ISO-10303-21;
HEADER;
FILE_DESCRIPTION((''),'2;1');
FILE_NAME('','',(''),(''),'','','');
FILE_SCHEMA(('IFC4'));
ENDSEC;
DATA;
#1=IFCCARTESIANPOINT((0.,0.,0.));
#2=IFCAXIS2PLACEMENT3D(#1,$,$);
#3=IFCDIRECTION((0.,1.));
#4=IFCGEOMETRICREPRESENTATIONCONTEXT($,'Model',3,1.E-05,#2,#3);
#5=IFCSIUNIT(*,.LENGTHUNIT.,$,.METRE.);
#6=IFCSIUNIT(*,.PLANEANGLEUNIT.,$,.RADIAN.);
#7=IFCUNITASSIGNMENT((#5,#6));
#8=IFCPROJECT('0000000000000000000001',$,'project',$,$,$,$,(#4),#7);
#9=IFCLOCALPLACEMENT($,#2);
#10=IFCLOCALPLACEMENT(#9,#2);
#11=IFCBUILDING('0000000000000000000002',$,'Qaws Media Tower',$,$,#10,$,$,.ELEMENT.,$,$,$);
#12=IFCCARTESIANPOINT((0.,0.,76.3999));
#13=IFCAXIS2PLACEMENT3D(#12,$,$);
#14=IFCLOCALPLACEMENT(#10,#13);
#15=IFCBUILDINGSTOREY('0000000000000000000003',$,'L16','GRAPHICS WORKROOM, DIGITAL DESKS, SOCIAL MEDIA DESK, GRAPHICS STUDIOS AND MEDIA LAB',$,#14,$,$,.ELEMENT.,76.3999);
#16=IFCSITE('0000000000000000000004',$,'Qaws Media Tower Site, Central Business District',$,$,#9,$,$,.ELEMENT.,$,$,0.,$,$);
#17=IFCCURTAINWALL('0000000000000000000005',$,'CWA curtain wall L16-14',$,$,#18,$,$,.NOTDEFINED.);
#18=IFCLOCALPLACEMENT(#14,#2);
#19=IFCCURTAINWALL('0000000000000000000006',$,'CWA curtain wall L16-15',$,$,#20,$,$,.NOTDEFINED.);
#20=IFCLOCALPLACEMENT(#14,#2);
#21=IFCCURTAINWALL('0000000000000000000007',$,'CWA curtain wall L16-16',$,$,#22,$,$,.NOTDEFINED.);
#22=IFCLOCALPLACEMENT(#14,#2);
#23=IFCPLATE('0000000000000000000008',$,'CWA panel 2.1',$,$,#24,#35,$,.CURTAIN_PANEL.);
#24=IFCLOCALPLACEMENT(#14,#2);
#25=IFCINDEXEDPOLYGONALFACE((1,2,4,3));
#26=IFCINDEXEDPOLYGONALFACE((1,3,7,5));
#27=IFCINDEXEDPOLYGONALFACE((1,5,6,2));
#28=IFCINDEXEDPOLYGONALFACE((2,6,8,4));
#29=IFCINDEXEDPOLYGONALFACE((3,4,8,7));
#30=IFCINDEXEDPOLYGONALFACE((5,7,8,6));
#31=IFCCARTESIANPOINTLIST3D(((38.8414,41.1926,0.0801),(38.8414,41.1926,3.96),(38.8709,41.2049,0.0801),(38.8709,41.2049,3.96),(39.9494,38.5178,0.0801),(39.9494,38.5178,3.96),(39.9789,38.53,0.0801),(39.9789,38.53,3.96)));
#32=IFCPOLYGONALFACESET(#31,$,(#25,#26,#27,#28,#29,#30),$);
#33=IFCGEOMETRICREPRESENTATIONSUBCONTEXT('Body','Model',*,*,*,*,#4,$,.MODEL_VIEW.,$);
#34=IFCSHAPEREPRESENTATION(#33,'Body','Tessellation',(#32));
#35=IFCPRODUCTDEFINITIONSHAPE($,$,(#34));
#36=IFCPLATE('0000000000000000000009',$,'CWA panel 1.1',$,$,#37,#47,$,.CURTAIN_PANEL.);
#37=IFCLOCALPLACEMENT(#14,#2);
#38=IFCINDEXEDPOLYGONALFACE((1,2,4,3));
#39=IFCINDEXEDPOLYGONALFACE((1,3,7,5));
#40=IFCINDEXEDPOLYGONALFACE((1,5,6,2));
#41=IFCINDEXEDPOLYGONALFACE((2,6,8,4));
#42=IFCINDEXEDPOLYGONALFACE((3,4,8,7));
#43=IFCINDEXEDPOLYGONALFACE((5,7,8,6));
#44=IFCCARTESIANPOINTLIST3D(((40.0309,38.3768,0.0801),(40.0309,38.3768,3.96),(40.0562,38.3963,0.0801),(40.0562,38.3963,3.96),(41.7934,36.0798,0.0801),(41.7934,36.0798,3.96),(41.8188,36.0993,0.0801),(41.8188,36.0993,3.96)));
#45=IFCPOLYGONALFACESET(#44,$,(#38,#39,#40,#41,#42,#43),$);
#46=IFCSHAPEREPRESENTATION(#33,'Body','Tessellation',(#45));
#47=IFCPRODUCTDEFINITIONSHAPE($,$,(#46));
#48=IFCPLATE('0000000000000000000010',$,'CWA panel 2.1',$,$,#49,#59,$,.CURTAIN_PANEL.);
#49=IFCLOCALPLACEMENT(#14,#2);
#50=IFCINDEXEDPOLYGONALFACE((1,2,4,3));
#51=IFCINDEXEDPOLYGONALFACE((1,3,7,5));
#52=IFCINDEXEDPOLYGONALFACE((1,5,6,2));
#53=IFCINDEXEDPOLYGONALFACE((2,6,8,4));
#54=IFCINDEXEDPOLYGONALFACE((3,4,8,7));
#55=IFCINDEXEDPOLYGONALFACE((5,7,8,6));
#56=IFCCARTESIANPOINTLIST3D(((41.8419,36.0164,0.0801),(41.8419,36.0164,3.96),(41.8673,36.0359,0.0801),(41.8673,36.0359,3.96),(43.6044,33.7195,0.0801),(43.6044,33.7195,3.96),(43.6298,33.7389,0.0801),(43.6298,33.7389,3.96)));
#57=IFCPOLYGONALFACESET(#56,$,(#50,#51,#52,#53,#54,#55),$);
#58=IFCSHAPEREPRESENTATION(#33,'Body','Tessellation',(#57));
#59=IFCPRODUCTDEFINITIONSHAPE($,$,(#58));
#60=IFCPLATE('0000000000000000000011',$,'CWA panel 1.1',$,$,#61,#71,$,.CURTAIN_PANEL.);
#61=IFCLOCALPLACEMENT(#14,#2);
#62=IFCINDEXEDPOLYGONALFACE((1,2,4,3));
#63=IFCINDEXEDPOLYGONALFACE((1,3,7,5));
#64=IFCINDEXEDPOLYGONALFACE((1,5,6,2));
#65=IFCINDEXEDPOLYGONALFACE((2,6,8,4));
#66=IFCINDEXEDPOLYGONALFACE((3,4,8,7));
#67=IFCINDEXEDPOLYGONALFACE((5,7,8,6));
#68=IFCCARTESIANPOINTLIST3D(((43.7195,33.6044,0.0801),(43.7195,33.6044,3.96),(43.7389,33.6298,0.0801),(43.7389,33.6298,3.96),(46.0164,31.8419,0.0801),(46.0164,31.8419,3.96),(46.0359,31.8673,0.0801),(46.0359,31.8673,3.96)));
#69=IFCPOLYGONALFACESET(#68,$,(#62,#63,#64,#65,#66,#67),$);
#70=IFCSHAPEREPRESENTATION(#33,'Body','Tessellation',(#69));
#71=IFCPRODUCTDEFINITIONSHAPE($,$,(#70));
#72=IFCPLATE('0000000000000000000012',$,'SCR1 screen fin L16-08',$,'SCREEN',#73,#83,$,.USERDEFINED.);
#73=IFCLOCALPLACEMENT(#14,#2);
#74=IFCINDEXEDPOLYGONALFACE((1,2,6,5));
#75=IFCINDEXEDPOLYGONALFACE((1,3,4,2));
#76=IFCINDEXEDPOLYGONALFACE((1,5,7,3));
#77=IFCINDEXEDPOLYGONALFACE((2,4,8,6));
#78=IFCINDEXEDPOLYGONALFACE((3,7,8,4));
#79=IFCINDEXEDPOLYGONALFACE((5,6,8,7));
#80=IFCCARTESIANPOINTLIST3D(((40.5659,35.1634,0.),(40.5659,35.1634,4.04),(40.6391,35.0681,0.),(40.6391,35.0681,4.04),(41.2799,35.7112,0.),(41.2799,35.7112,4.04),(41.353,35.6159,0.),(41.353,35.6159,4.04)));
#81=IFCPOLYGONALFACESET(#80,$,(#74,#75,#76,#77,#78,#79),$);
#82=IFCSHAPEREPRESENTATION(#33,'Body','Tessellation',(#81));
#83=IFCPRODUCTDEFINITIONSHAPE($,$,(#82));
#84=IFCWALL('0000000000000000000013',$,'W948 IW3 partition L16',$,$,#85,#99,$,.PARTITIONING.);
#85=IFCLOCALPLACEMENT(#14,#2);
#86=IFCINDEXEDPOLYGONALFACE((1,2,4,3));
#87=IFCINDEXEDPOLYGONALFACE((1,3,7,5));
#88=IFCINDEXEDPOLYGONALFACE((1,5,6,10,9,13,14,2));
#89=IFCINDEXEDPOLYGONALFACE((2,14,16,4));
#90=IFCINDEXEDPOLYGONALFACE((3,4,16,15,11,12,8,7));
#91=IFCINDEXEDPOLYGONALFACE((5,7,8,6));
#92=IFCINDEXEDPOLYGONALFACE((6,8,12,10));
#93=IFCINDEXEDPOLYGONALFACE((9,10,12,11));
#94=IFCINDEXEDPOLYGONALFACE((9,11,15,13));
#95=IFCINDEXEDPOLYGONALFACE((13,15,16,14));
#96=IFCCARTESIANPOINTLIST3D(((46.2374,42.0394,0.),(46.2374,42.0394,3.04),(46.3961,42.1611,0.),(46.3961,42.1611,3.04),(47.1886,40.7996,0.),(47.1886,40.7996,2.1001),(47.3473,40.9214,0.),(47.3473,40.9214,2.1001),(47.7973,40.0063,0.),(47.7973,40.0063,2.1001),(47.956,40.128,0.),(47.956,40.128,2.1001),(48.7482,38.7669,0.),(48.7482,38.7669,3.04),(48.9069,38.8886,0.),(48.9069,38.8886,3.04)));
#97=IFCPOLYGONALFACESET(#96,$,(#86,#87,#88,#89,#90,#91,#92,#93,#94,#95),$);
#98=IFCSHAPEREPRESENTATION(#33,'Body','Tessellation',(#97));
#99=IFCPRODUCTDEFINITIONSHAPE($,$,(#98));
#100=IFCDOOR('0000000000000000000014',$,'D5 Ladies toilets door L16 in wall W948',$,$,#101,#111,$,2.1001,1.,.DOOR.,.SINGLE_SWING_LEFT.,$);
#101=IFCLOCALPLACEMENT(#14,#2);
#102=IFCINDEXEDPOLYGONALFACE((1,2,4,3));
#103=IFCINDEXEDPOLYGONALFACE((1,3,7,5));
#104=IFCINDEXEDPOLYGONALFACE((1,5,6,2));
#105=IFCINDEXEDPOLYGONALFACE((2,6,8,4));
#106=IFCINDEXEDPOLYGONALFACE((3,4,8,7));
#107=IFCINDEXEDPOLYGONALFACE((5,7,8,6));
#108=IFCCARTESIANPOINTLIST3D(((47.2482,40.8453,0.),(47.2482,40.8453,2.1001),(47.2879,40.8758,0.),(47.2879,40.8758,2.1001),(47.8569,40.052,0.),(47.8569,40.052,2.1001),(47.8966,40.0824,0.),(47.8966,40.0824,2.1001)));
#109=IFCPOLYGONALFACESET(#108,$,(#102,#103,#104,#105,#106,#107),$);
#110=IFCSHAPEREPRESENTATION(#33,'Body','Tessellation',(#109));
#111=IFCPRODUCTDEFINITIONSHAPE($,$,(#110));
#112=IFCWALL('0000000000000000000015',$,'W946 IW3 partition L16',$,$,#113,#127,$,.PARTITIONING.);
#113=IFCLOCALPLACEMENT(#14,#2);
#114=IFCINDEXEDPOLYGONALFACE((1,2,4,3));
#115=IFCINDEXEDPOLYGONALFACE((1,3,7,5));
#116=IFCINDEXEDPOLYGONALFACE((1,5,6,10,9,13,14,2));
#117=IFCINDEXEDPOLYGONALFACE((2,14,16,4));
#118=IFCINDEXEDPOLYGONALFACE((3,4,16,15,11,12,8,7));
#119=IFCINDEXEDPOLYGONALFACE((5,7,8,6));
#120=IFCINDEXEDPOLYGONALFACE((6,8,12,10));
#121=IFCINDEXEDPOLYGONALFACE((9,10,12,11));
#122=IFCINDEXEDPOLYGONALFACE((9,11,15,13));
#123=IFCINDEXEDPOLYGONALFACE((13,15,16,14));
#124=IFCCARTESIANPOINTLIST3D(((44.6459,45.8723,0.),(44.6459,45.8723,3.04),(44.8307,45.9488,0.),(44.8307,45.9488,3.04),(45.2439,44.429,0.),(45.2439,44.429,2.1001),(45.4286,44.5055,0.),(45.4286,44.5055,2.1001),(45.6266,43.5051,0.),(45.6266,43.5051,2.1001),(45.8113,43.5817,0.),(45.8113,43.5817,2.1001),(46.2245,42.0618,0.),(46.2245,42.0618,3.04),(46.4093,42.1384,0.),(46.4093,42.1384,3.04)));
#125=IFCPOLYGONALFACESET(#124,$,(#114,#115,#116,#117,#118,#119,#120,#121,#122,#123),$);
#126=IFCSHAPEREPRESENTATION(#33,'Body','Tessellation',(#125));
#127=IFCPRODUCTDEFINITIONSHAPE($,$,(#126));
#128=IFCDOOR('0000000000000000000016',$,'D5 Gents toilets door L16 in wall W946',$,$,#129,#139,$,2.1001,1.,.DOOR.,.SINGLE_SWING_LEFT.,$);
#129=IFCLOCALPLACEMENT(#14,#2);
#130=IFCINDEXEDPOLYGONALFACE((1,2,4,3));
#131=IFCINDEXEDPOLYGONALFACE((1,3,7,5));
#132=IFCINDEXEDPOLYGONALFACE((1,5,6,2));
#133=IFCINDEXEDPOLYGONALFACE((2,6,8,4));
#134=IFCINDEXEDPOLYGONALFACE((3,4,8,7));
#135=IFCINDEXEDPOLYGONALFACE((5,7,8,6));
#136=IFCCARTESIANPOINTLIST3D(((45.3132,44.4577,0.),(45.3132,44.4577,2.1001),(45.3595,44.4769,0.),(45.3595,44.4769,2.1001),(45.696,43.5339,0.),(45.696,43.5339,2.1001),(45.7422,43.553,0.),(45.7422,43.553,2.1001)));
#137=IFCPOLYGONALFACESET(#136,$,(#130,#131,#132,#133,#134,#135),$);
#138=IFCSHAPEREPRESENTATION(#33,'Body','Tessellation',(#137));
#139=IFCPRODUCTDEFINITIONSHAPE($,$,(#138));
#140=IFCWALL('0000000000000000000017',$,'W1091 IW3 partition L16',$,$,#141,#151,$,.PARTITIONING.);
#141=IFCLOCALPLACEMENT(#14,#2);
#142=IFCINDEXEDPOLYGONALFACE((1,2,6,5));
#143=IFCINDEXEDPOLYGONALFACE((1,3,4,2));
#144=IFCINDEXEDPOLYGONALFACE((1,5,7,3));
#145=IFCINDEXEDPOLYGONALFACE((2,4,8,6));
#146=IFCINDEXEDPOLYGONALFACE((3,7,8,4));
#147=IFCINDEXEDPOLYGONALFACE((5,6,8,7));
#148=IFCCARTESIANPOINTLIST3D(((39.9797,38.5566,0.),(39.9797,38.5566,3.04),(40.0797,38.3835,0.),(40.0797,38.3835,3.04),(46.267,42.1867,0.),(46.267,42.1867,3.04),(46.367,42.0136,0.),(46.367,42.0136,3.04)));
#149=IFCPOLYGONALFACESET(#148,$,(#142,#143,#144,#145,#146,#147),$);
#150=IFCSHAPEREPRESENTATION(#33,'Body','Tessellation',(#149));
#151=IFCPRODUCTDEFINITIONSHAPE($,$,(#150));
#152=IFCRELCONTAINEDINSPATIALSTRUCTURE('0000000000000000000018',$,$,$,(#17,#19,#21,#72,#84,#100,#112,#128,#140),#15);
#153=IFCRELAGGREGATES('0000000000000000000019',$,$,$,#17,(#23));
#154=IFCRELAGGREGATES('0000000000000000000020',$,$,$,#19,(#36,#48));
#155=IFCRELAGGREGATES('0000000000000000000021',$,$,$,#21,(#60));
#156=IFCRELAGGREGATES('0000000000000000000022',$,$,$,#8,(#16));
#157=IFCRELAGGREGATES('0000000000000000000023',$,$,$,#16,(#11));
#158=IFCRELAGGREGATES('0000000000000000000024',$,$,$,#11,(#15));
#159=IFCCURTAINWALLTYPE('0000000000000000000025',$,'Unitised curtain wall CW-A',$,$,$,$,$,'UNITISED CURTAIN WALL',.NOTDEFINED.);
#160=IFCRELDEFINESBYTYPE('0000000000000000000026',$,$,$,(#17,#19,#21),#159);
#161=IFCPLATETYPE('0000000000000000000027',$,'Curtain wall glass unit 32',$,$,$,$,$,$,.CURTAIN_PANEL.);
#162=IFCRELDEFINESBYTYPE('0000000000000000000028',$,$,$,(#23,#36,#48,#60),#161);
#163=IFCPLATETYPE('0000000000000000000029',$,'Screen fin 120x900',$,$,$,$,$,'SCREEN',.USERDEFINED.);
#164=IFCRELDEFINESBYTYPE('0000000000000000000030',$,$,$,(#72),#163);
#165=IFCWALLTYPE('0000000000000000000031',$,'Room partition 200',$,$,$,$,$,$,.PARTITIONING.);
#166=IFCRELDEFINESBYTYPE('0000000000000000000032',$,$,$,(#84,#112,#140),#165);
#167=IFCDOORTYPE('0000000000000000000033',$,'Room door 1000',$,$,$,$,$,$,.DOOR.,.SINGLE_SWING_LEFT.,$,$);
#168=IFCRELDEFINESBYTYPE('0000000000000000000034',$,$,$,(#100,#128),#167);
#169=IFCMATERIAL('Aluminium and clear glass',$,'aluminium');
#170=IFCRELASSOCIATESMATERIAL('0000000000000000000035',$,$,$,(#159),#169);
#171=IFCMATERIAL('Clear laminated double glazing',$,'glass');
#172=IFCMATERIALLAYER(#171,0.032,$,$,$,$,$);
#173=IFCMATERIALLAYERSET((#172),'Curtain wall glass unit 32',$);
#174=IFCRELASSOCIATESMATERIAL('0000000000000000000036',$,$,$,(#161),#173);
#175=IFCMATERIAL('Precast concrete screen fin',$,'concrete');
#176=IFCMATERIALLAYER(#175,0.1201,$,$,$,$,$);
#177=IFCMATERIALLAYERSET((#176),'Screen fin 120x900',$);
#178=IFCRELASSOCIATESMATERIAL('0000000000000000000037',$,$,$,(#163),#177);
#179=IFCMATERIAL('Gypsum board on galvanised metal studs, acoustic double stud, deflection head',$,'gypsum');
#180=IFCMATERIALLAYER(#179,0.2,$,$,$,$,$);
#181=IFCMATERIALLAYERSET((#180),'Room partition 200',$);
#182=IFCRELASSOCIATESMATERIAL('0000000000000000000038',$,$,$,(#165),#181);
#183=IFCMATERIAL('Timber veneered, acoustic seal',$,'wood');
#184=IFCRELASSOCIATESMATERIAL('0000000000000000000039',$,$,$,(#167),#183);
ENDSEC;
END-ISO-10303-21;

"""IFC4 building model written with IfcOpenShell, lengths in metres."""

from ifc_helpers import new_model, si_unit, direction, frame, frame_2d, origin, origin_2d, place, context, subcontext, project, spatial, rectangle, extrude, material, layer, layer_set, type_object, element, fill, aggregate, save


model = new_model("IFC4")

# Units and contexts
model_context = context("Model", 3, precision=1e-05, world=origin(), true_north=direction((0.0, 1.0)))
body_context = subcontext(model_context, "Body", "Model", "MODEL_VIEW")
ifc_project = project(units=[si_unit("LENGTHUNIT", "METRE"), si_unit("PLANEANGLEUNIT", "RADIAN")], contexts=[model_context])

# Site, building, storey
site_placement = place(None, origin())
site = spatial("IfcSite", under=ifc_project, at=site_placement, Name="Qaws Media Tower Site, Central Business District", CompositionType="ELEMENT", RefElevation=0.0)
building_placement = place(site_placement, origin())
building = spatial("IfcBuilding", under=site, at=building_placement, Name="Qaws Media Tower", CompositionType="ELEMENT")
storey_placement = place(building_placement, frame((0.0, 0.0, 76.3999)))
storey = spatial("IfcBuildingStorey", under=building, at=storey_placement, Name="L16", Description="GRAPHICS WORKROOM, DIGITAL DESKS, SOCIAL MEDIA DESK, GRAPHICS STUDIOS AND MEDIA LAB", CompositionType="ELEMENT", Elevation=76.3999)

# Curtain walls
ifc_material_1 = material(Name="Aluminium and clear glass", Category="aluminium")
curtain_wall_type = type_object("IfcCurtainWallType", Name="Unitised curtain wall CW-A", ElementType="UNITISED CURTAIN WALL", PredefinedType="NOTDEFINED", material=ifc_material_1)
curtain_wall_1_placement = place(storey_placement, origin())
curtain_wall_1 = element("IfcCurtainWall", 1, at=curtain_wall_1_placement, inside=storey, type_object=curtain_wall_type, Name="CWA curtain wall L16-14", PredefinedType="NOTDEFINED")
curtain_wall_2_placement = place(storey_placement, origin())
curtain_wall_2 = element("IfcCurtainWall", 2, at=curtain_wall_2_placement, inside=storey, type_object=curtain_wall_type, Name="CWA curtain wall L16-15", PredefinedType="NOTDEFINED")

# Curtain wall
curtain_wall_3_placement = place(storey_placement, origin())
curtain_wall_3 = element("IfcCurtainWall", 3, at=curtain_wall_3_placement, inside=storey, type_object=curtain_wall_type, Name="CWA curtain wall L16-16", PredefinedType="NOTDEFINED")

# Plates
ifc_material_2 = material(Name="Clear laminated double glazing", Category="glass")
ifc_layer_1 = layer(ifc_material_2, 0.032)
ifc_layer_set_1 = layer_set([ifc_layer_1], Name="Curtain wall glass unit 32")
plate_type_1 = type_object("IfcPlateType", Name="Curtain wall glass unit 32", PredefinedType="CURTAIN_PANEL", material=ifc_layer_set_1)
plate_1_placement = place(storey_placement, frame((39.4102, 39.8613, 0.0801), z_axis=(0.0, 0.0, 1.0), x_axis=(0.382683, -0.92388, 0.0)))
plate_1 = element("IfcPlate", 4, at=plate_1_placement, type_object=plate_type_1, Name="CWA panel 2.1", PredefinedType="CURTAIN_PANEL", context=body_context, shape_type="SweptSolid", body=[
    extrude(rectangle(XDim=2.8953, YDim=0.032, at=origin_2d()), origin(), (0.0, 0.0, 1.0), 3.8799),
])
aggregate(curtain_wall_1, [plate_1])
plate_2_placement = place(storey_placement, frame((40.9248, 37.238, 0.0801), z_axis=(0.0, 0.0, 1.0), x_axis=(0.608761, -0.793353, 0.0)))
plate_2 = element("IfcPlate", 5, at=plate_2_placement, type_object=plate_type_1, Name="CWA panel 1.1", PredefinedType="CURTAIN_PANEL", context=body_context, shape_type="SweptSolid", body=[
    extrude(rectangle(XDim=2.8953, YDim=0.032, at=origin_2d()), origin(), (0.0, 0.0, 1.0), 3.8799),
])
plate_3_placement = place(storey_placement, frame((42.7358, 34.8777, 0.0801), z_axis=(0.0, 0.0, 1.0), x_axis=(0.608761, -0.793353, 0.0)))
plate_3 = element("IfcPlate", 6, at=plate_3_placement, type_object=plate_type_1, Name="CWA panel 2.1", PredefinedType="CURTAIN_PANEL", context=body_context, shape_type="SweptSolid", body=[
    extrude(rectangle(XDim=2.8953, YDim=0.032, at=origin_2d()), origin(), (0.0, 0.0, 1.0), 3.8799),
])
aggregate(curtain_wall_2, [plate_2, plate_3])
plate_4_placement = place(storey_placement, frame((44.8777, 32.7358, 0.0801), z_axis=(0.0, 0.0, 1.0), x_axis=(0.793353, -0.608761, 0.0)))
plate_4 = element("IfcPlate", 7, at=plate_4_placement, type_object=plate_type_1, Name="CWA panel 1.1", PredefinedType="CURTAIN_PANEL", context=body_context, shape_type="SweptSolid", body=[
    extrude(rectangle(XDim=2.8953, YDim=0.032, at=origin_2d()), origin(), (0.0, 0.0, 1.0), 3.8799),
])
aggregate(curtain_wall_3, [plate_4])
ifc_material_3 = material(Name="Precast concrete screen fin", Category="concrete")
ifc_layer_2 = layer(ifc_material_3, 0.1201)
ifc_layer_set_2 = layer_set([ifc_layer_2], Name="Screen fin 120x900")
plate_type_2 = type_object("IfcPlateType", Name="Screen fin 120x900", ElementType="SCREEN", PredefinedType="USERDEFINED", material=ifc_layer_set_2)
plate_5_placement = place(storey_placement, frame((40.9595, 35.3896, 0.0), z_axis=(0.0, 0.0, 1.0), x_axis=(-0.793353, -0.608761, 0.0)))
element("IfcPlate", 8, at=plate_5_placement, inside=storey, type_object=plate_type_2, Name="SCR1 screen fin L16-08", ObjectType="SCREEN", PredefinedType="USERDEFINED", context=body_context, shape_type="SweptSolid", body=[
    extrude(rectangle(XDim=0.8999, YDim=0.1201, at=origin_2d()), origin(), (0.0, 0.0, 1.0), 4.04),
])

# Walls, openings, doors
ifc_material_4 = material(Name="Gypsum board on galvanised metal studs, acoustic double stud, deflection head", Category="gypsum")
ifc_layer_3 = layer(ifc_material_4, 0.2)
ifc_layer_set_3 = layer_set([ifc_layer_3], Name="Room partition 200")
wall_type = type_object("IfcWallType", Name="Room partition 200", PredefinedType="PARTITIONING", material=ifc_layer_set_3)
wall_1_placement = place(storey_placement, frame((48.8276, 38.8276, 0.0), z_axis=(0.0, 0.0, 1.0), x_axis=(-0.608715, 0.793389, 0.0)))
wall_1 = element("IfcWall", 9, at=wall_1_placement, inside=storey, type_object=wall_type, Name="W948 IW3 partition L16", PredefinedType="PARTITIONING", context=body_context, shape_type="SweptSolid", body=[
    extrude(rectangle(XDim=4.1248, YDim=0.2, at=frame_2d((2.0625, 0.0))), origin(), (0.0, 0.0, 1.0), 3.04),
])
opening_1_placement = place(wall_1_placement, frame((1.5623, 0.0, 0.0)))
opening_1 = element("IfcOpeningElement", 10, at=opening_1_placement, cuts=wall_1, PredefinedType="OPENING", context=body_context, shape_type="SweptSolid", body=[
    extrude(rectangle(XDim=1.0, YDim=2.1001, at=frame_2d((0.5, 1.05))), frame((0.0, 0.1099, 0.0), z_axis=(0.0, -1.0, 0.0), x_axis=(1.0, 0.0, 0.0)), (0.0, 0.0, 1.0), 0.22),
])
ifc_material_5 = material(Name="Timber veneered, acoustic seal", Category="wood")
door_type = type_object("IfcDoorType", Name="Room door 1000", OperationType="SINGLE_SWING_LEFT", PredefinedType="DOOR", material=ifc_material_5)
door_1_placement = place(opening_1_placement, origin())
door_1 = element("IfcDoor", 11, at=door_1_placement, inside=storey, type_object=door_type, Name="D5 Ladies toilets door L16 in wall W948", OperationType="SINGLE_SWING_LEFT", OverallHeight=2.1001, OverallWidth=1.0, PredefinedType="DOOR", context=body_context, shape_type="SweptSolid", body=[
    extrude(rectangle(XDim=1.0, YDim=2.1001, at=frame_2d((0.5, 1.05))), frame((0.0, 0.0249, 0.0), z_axis=(0.0, -1.0, 0.0), x_axis=(1.0, 0.0, 0.0)), (0.0, 0.0, 1.0), 0.05),
])
fill(opening_1, door_1)
wall_2_placement = place(storey_placement, frame((46.3169, 42.1001, 0.0), z_axis=(0.0, 0.0, 1.0), x_axis=(-0.382732, 0.92386, 0.0)))
wall_2 = element("IfcWall", 12, at=wall_2_placement, inside=storey, type_object=wall_type, Name="W946 IW3 partition L16", PredefinedType="PARTITIONING", context=body_context, shape_type="SweptSolid", body=[
    extrude(rectangle(XDim=4.1245, YDim=0.2, at=frame_2d((2.0623, 0.0))), origin(), (0.0, 0.0, 1.0), 3.04),
])
opening_2_placement = place(wall_2_placement, frame((1.5623, 0.0, 0.0)))
opening_2 = element("IfcOpeningElement", 13, at=opening_2_placement, cuts=wall_2, PredefinedType="OPENING", context=body_context, shape_type="SweptSolid", body=[
    extrude(rectangle(XDim=1.0, YDim=2.1001, at=frame_2d((0.5, 1.05))), frame((0.0, 0.1099, 0.0), z_axis=(0.0, -1.0, 0.0), x_axis=(1.0, 0.0, 0.0)), (0.0, 0.0, 1.0), 0.22),
])
door_2_placement = place(opening_2_placement, origin())
door_2 = element("IfcDoor", 14, at=door_2_placement, inside=storey, type_object=door_type, Name="D5 Gents toilets door L16 in wall W946", OperationType="SINGLE_SWING_LEFT", OverallHeight=2.1001, OverallWidth=1.0, PredefinedType="DOOR", context=body_context, shape_type="SweptSolid", body=[
    extrude(rectangle(XDim=1.0, YDim=2.1001, at=frame_2d((0.5, 1.05))), frame((0.0, 0.0249, 0.0), z_axis=(0.0, -1.0, 0.0), x_axis=(1.0, 0.0, 0.0)), (0.0, 0.0, 1.0), 0.05),
])
fill(opening_2, door_2)

# Wall
wall_3_placement = place(storey_placement, frame((46.3169, 42.1001, 0.0), z_axis=(0.0, 0.0, 1.0), x_axis=(-0.866018, -0.500013, 0.0)))
element("IfcWall", 15, at=wall_3_placement, inside=storey, type_object=wall_type, Name="W1091 IW3 partition L16", PredefinedType="PARTITIONING", context=body_context, shape_type="SweptSolid", body=[
    extrude(rectangle(XDim=7.26, YDim=0.2, at=frame_2d((3.6299, 0.0))), origin(), (0.0, 0.0, 1.0), 3.04),
])

save(model, "model.ifc")
